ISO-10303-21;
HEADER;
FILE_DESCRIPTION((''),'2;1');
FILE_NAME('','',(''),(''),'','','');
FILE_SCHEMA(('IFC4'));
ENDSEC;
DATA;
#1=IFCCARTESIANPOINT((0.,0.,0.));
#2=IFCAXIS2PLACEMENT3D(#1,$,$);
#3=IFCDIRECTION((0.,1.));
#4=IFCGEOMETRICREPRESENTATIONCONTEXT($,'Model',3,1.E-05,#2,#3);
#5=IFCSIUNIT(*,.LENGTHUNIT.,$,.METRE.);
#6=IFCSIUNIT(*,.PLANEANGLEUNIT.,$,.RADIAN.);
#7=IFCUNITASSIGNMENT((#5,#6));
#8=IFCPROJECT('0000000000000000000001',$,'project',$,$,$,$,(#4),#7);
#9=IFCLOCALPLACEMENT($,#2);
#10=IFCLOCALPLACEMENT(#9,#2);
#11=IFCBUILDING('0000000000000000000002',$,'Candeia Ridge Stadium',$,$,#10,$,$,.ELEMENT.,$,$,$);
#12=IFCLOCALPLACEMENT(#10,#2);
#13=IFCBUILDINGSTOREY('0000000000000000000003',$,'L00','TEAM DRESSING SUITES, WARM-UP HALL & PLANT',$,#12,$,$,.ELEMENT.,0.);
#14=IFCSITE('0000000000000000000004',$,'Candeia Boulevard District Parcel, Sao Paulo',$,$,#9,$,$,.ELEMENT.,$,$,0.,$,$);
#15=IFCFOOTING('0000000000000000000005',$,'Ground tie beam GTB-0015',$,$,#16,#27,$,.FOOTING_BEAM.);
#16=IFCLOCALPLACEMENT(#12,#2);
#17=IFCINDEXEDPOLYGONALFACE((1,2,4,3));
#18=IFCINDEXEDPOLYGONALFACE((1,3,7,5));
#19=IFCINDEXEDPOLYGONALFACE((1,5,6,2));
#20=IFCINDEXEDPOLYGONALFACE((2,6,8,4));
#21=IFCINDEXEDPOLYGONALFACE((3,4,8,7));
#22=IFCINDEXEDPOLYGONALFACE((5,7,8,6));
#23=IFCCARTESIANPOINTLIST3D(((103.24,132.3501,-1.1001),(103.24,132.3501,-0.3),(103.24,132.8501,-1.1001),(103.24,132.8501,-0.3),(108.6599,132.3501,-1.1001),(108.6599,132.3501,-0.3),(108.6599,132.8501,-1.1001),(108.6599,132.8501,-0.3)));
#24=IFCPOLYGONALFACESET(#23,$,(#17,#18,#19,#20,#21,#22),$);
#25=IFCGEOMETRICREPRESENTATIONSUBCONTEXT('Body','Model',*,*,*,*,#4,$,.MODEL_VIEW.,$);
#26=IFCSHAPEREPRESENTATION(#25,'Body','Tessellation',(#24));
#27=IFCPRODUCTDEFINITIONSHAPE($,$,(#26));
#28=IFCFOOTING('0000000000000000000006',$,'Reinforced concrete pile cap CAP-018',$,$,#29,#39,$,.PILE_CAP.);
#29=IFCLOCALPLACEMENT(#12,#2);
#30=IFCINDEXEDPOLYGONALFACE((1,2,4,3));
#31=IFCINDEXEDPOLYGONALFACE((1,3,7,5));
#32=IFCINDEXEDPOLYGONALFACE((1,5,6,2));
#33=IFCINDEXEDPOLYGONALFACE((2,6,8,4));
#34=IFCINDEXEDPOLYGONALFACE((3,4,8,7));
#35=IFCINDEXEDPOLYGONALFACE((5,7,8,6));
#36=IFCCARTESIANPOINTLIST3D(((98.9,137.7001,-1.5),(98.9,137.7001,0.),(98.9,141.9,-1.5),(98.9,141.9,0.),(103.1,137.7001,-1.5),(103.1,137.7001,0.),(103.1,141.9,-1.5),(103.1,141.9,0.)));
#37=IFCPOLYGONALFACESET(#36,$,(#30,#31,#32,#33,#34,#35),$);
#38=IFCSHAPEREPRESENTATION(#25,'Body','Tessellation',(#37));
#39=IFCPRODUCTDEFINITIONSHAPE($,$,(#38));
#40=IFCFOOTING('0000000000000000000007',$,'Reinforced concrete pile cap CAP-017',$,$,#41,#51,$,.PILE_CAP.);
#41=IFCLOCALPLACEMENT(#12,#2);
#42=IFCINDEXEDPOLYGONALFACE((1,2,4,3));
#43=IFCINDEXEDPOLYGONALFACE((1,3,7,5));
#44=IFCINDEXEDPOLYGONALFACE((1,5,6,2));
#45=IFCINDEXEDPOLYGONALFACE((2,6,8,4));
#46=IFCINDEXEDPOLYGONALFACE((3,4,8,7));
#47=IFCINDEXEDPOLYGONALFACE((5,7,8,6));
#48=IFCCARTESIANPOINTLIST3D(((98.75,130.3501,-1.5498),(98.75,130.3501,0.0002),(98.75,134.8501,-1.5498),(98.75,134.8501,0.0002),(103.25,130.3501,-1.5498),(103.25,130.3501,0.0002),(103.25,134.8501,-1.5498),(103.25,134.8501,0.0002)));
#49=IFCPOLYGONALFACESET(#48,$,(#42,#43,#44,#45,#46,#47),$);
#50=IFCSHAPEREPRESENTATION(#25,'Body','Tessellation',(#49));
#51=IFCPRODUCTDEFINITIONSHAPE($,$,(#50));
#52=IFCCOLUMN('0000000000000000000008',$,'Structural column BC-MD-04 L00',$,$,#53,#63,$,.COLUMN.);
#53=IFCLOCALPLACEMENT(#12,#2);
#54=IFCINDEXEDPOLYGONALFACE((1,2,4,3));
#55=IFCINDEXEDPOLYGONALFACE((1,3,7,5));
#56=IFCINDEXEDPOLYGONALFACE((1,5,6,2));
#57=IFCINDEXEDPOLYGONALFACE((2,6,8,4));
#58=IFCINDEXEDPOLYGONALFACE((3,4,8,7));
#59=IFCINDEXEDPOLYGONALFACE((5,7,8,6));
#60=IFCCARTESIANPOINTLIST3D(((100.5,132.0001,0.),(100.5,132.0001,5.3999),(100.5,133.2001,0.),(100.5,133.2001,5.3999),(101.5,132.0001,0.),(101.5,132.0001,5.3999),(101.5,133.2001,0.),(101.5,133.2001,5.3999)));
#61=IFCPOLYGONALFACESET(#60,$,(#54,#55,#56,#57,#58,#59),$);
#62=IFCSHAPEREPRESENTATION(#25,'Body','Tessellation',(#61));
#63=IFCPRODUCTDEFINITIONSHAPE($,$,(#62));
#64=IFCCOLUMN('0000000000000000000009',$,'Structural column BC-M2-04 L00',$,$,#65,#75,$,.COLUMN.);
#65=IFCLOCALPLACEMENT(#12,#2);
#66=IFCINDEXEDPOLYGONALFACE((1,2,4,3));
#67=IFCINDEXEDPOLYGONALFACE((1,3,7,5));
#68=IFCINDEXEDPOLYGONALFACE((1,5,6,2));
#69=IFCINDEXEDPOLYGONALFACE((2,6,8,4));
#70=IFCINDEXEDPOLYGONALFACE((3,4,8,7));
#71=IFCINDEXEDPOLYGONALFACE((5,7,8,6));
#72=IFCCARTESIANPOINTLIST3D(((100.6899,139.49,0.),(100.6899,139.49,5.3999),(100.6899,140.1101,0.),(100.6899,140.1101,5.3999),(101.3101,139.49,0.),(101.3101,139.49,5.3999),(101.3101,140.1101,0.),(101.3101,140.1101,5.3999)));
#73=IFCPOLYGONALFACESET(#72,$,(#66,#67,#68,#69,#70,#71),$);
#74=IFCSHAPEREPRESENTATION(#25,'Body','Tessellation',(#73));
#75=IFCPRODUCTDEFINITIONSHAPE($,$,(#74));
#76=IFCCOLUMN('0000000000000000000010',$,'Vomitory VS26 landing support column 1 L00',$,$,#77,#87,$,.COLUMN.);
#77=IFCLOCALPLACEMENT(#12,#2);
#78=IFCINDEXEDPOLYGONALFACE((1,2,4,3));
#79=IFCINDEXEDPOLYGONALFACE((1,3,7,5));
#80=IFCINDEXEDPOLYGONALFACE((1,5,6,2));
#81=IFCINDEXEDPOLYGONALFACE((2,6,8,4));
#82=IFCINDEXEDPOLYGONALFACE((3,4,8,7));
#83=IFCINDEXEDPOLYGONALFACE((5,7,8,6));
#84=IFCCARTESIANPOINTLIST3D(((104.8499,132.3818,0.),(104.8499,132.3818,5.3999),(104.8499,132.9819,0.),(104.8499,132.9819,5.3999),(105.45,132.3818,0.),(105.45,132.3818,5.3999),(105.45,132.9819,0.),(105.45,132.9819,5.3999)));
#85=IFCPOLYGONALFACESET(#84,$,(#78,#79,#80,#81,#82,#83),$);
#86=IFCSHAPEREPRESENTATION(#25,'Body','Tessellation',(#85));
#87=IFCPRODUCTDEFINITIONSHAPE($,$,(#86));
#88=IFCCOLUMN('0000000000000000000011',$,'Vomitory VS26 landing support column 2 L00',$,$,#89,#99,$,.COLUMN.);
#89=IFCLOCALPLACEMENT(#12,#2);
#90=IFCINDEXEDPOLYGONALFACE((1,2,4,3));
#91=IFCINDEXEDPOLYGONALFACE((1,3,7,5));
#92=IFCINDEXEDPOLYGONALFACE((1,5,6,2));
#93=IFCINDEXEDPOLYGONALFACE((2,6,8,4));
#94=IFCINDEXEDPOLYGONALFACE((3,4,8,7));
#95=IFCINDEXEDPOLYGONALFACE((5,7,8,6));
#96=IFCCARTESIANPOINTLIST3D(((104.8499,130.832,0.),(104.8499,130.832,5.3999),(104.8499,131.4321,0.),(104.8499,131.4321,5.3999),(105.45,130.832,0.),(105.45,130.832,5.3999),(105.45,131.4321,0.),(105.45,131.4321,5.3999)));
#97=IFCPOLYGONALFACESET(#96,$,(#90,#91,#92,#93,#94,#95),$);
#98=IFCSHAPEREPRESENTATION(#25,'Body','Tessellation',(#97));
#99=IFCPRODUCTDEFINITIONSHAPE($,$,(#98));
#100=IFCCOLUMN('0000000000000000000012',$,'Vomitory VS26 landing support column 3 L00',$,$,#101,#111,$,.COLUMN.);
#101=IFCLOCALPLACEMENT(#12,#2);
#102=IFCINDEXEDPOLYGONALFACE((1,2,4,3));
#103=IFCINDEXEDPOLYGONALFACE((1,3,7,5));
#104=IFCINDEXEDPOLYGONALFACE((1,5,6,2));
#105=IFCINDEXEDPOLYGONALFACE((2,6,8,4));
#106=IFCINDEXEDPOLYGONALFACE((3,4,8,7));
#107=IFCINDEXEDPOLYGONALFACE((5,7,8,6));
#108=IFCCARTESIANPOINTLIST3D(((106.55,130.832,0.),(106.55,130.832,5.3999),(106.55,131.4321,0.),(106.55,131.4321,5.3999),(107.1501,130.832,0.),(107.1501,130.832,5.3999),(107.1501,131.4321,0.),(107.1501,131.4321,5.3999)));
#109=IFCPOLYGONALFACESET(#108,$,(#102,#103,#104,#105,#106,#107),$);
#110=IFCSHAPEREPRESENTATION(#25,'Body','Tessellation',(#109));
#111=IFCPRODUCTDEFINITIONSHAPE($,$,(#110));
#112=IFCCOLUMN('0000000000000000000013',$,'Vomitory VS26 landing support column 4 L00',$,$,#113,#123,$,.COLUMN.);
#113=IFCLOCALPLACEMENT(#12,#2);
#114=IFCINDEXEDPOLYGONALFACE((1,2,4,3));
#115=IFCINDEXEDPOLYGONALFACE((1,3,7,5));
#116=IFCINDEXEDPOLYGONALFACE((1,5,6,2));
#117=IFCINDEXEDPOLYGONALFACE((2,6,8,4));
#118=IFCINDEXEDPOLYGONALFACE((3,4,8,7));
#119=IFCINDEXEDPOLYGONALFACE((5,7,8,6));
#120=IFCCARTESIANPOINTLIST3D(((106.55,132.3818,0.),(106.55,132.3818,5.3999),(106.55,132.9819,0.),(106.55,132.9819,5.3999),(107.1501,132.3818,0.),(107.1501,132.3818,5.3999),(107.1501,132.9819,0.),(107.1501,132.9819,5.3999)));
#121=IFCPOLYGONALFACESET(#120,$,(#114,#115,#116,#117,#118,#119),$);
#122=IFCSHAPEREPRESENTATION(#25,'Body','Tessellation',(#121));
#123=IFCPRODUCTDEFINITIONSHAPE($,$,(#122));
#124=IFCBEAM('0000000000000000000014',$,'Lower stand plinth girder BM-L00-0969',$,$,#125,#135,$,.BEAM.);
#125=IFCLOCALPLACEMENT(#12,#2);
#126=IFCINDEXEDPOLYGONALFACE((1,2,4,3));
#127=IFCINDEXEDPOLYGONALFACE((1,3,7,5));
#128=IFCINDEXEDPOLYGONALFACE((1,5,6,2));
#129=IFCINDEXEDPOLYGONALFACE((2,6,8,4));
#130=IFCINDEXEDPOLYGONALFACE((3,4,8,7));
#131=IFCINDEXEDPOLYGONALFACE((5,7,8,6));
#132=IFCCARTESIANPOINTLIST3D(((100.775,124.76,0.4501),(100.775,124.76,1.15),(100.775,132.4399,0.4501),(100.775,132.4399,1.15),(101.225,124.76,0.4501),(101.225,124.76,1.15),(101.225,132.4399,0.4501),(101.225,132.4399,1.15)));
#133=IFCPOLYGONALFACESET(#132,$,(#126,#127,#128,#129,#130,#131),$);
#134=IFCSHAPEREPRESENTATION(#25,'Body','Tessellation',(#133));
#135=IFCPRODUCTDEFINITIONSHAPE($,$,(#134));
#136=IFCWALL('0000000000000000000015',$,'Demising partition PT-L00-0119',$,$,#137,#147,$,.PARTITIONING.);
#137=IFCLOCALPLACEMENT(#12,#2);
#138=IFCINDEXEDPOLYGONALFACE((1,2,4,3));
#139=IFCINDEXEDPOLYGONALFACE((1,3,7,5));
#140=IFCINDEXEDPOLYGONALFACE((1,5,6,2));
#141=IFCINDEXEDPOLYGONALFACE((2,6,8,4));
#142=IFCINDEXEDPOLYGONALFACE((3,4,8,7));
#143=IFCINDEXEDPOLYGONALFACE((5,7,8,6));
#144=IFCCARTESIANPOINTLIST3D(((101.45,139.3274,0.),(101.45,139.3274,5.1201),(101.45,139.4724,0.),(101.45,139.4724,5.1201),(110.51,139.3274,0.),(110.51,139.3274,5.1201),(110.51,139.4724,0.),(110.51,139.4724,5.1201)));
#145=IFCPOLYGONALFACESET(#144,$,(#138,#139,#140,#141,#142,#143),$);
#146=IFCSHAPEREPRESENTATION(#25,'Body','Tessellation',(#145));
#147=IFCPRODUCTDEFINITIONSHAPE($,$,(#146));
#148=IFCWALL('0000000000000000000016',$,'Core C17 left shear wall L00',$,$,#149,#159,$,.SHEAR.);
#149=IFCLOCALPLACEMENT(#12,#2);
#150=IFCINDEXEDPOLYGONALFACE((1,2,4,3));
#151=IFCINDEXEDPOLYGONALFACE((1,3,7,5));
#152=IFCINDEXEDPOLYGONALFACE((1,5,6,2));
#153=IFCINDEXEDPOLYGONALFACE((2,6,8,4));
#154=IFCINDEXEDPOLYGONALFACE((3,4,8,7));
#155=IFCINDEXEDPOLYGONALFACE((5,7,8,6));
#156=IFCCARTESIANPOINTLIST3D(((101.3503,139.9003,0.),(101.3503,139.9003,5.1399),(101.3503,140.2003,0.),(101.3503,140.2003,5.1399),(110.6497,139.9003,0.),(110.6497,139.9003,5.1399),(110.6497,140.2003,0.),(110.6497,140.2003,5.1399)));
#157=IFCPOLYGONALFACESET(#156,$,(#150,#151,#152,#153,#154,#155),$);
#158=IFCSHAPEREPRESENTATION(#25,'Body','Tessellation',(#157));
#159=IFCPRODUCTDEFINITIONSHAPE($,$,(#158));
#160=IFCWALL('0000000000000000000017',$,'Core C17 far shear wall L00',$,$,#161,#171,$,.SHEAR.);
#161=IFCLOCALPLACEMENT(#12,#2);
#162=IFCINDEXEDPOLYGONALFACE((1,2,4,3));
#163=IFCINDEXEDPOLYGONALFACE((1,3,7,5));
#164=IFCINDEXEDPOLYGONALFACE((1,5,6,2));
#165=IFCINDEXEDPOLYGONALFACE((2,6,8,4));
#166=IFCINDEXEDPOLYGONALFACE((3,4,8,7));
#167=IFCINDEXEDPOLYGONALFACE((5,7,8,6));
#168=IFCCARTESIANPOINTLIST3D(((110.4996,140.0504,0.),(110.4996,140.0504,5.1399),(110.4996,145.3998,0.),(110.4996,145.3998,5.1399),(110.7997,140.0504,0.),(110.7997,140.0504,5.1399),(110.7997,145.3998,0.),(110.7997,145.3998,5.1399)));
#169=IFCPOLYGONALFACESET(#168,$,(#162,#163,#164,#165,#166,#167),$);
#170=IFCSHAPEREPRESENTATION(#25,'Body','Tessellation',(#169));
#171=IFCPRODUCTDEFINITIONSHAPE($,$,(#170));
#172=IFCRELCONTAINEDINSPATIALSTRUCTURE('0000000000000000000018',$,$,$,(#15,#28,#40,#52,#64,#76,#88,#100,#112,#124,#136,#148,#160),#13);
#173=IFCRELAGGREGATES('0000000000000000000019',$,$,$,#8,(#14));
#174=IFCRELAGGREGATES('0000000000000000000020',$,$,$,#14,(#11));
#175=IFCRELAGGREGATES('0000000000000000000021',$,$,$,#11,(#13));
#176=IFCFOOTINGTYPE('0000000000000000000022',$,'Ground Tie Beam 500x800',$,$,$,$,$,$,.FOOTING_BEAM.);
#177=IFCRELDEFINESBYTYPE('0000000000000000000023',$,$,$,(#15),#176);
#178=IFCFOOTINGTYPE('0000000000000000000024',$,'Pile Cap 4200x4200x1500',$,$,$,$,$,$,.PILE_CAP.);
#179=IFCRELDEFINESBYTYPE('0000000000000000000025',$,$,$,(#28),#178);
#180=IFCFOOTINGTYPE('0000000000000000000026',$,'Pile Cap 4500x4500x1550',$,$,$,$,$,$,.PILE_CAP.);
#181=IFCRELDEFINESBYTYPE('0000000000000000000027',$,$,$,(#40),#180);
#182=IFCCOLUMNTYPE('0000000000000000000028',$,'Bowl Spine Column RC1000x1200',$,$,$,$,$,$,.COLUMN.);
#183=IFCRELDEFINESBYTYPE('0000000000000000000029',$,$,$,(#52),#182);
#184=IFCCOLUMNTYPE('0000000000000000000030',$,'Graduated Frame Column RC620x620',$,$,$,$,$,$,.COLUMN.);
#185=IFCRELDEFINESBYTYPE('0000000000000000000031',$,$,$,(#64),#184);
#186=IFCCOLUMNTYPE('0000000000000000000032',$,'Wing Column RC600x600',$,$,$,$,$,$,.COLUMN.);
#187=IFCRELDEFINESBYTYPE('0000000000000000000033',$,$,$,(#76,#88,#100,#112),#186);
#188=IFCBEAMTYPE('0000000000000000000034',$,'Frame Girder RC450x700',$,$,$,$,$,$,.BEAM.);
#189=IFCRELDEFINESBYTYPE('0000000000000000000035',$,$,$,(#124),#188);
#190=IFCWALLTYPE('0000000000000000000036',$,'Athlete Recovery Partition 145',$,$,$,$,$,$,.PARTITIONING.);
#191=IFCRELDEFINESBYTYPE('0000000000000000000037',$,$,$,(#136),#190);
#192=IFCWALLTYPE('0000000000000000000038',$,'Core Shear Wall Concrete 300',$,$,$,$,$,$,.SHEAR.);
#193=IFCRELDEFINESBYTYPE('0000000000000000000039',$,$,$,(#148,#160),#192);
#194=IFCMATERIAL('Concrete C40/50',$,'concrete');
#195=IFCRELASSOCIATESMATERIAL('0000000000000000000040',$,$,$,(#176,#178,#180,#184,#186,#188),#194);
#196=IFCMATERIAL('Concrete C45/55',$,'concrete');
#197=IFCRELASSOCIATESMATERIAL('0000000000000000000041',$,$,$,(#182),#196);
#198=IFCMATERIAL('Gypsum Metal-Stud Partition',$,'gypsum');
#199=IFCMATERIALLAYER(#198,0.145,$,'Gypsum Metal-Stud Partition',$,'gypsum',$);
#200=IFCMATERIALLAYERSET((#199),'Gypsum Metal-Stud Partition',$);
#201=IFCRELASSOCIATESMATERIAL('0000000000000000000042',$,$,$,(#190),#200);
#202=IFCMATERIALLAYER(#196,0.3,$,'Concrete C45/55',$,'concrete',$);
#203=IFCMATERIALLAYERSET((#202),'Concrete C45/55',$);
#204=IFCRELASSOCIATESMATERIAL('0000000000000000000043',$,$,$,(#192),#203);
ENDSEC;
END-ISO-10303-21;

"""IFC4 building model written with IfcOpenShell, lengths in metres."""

from ifc_helpers import new_model, si_unit, direction, frame, frame_2d, origin, origin_2d, place, context, subcontext, project, spatial, rectangle, extrude, material, layer, layer_set, material_profile, profile_set, type_object, element, save


model = new_model("IFC4")

# Units and contexts
model_context = context("Model", 3, precision=1e-05, world=origin(), true_north=direction((0.0, 1.0)))
body_context = subcontext(model_context, "Body", "Model", "MODEL_VIEW")
ifc_project = project(units=[si_unit("LENGTHUNIT", "METRE"), si_unit("PLANEANGLEUNIT", "RADIAN")], contexts=[model_context])

# Site, building, storey
site_placement = place(None, origin())
site = spatial("IfcSite", under=ifc_project, at=site_placement, Name="Candeia Boulevard District Parcel, Sao Paulo", CompositionType="ELEMENT", RefElevation=0.0)
building_placement = place(site_placement, origin())
building = spatial("IfcBuilding", under=site, at=building_placement, Name="Candeia Ridge Stadium", CompositionType="ELEMENT")
storey_placement = place(building_placement, origin())
storey = spatial("IfcBuildingStorey", under=building, at=storey_placement, Name="L00", Description="TEAM DRESSING SUITES, WARM-UP HALL & PLANT", CompositionType="ELEMENT", Elevation=0.0)

# Shared definitions
ifc_material_1 = material(Name="Concrete C40/50", Category="concrete")

# Footings
footing_type_1 = type_object("IfcFootingType", Name="Ground Tie Beam 500x800", PredefinedType="FOOTING_BEAM", material=ifc_material_1)
footing_1_placement = place(storey_placement, frame((105.95, 132.6001, -1.1001), z_axis=(0.0, 0.0, 1.0), x_axis=(-1.0, 0.0, 0.0)))
element("IfcFooting", 1, at=footing_1_placement, inside=storey, type_object=footing_type_1, Name="Ground tie beam GTB-0015", PredefinedType="FOOTING_BEAM", context=body_context, shape_type="SweptSolid", body=[
    extrude(rectangle(XDim=5.4199, YDim=0.5, at=origin_2d()), origin(), (0.0, 0.0, 1.0), 0.8),
])
footing_type_2 = type_object("IfcFootingType", Name="Pile Cap 4200x4200x1500", PredefinedType="PILE_CAP", material=ifc_material_1)
footing_2_placement = place(storey_placement, frame((101.0, 139.8, -1.5), z_axis=(0.0, 0.0, 1.0), x_axis=(1.0, 0.0, 0.0)))
element("IfcFooting", 2, at=footing_2_placement, inside=storey, type_object=footing_type_2, Name="Reinforced concrete pile cap CAP-018", PredefinedType="PILE_CAP", context=body_context, shape_type="SweptSolid", body=[
    extrude(rectangle(XDim=4.2, YDim=4.2, at=origin_2d()), origin(), (0.0, 0.0, 1.0), 1.5),
])
footing_type_3 = type_object("IfcFootingType", Name="Pile Cap 4500x4500x1550", PredefinedType="PILE_CAP", material=ifc_material_1)
footing_3_placement = place(storey_placement, frame((101.0, 132.6001, -1.5498), z_axis=(0.0, 0.0, 1.0), x_axis=(1.0, 0.0, 0.0)))
element("IfcFooting", 3, at=footing_3_placement, inside=storey, type_object=footing_type_3, Name="Reinforced concrete pile cap CAP-017", PredefinedType="PILE_CAP", context=body_context, shape_type="SweptSolid", body=[
    extrude(rectangle(XDim=4.5, YDim=4.5, at=origin_2d()), origin(), (0.0, 0.0, 1.0), 1.55),
])

# Columns
ifc_material_2 = material(Name="Concrete C45/55", Category="concrete")
ifc_material_profile_1 = material_profile(ifc_material_2, rectangle(XDim=1.0, YDim=1.2, at=origin_2d()), Name="RC1000x1200", Category="concrete")
ifc_profile_set_1 = profile_set([ifc_material_profile_1], Name="Concrete C45/55")
column_type_1 = type_object("IfcColumnType", Name="Bowl Spine Column RC1000x1200", PredefinedType="COLUMN", material=ifc_profile_set_1)
column_1_placement = place(storey_placement, frame((101.0, 132.6001, 0.0), z_axis=(0.0, 0.0, 1.0), x_axis=(1.0, 0.0, 0.0)))
element("IfcColumn", 4, at=column_1_placement, inside=storey, type_object=column_type_1, Name="Structural column BC-MD-04 L00", PredefinedType="COLUMN", context=body_context, shape_type="SweptSolid", body=[
    extrude(rectangle(XDim=1.0, YDim=1.2, at=origin_2d()), origin(), (0.0, 0.0, 1.0), 5.3999),
])
ifc_material_profile_2 = material_profile(ifc_material_1, rectangle(XDim=0.6201, YDim=0.6201, at=origin_2d()), Name="RC620x620", Category="concrete")
ifc_profile_set_2 = profile_set([ifc_material_profile_2], Name="Concrete C40/50")
column_type_2 = type_object("IfcColumnType", Name="Graduated Frame Column RC620x620", PredefinedType="COLUMN", material=ifc_profile_set_2)
column_2_placement = place(storey_placement, frame((101.0, 139.8, 0.0), z_axis=(0.0, 0.0, 1.0), x_axis=(1.0, 0.0, 0.0)))
element("IfcColumn", 5, at=column_2_placement, inside=storey, type_object=column_type_2, Name="Structural column BC-M2-04 L00", PredefinedType="COLUMN", context=body_context, shape_type="SweptSolid", body=[
    extrude(rectangle(XDim=0.6201, YDim=0.6201, at=origin_2d()), origin(), (0.0, 0.0, 1.0), 5.3999),
])
ifc_material_profile_3 = material_profile(ifc_material_1, rectangle(XDim=0.6001, YDim=0.6001, at=origin_2d()), Name="RC600x600", Category="concrete")
ifc_profile_set_3 = profile_set([ifc_material_profile_3], Name="Concrete C40/50")
column_type_3 = type_object("IfcColumnType", Name="Wing Column RC600x600", PredefinedType="COLUMN", material=ifc_profile_set_3)
for number, where, z_axis, x_axis, name in (
    (6, (105.1499, 132.6819, 0.0), (0.0, 0.0, 1.0), (1.0, 0.0, 0.0), "Vomitory VS26 landing support column 1 L00"),
    (7, (105.1499, 131.1321, 0.0), (0.0, 0.0, 1.0), (1.0, 0.0, 0.0), "Vomitory VS26 landing support column 2 L00"),
    (8, (106.8501, 131.1321, 0.0), (0.0, 0.0, 1.0), (1.0, 0.0, 0.0), "Vomitory VS26 landing support column 3 L00"),
    (9, (106.8501, 132.6819, 0.0), (0.0, 0.0, 1.0), (1.0, 0.0, 0.0), "Vomitory VS26 landing support column 4 L00"),
):
    element("IfcColumn", number, at=place(storey_placement, frame(where, z_axis=z_axis, x_axis=x_axis)), inside=storey, type_object=column_type_3, Name=name, PredefinedType="COLUMN", context=body_context, shape_type="SweptSolid", body=[
        extrude(rectangle(XDim=0.6001, YDim=0.6001, at=origin_2d()), origin(), (0.0, 0.0, 1.0), 5.3999),
    ])

# Beam
ifc_material_profile_4 = material_profile(ifc_material_1, rectangle(XDim=0.45, YDim=0.7, at=origin_2d()), Name="RC450x700", Category="concrete")
ifc_profile_set_4 = profile_set([ifc_material_profile_4], Name="Concrete C40/50")
beam_type = type_object("IfcBeamType", Name="Frame Girder RC450x700", PredefinedType="BEAM", material=ifc_profile_set_4)
beam_placement = place(storey_placement, frame((101.0, 124.76, 0.8), z_axis=(0.0, 1.0, 0.0), x_axis=(-1.0, 0.0, 0.0)))
element("IfcBeam", 10, at=beam_placement, inside=storey, type_object=beam_type, Name="Lower stand plinth girder BM-L00-0969", PredefinedType="BEAM", context=body_context, shape_type="SweptSolid", body=[
    extrude(rectangle(XDim=0.45, YDim=0.7, at=origin_2d()), origin(), (0.0, 0.0, 1.0), 7.6799),
])

# Walls
ifc_material_3 = material(Name="Gypsum Metal-Stud Partition", Category="gypsum")
ifc_layer_1 = layer(ifc_material_3, 0.145, Name="Gypsum Metal-Stud Partition", Category="gypsum")
ifc_layer_set_1 = layer_set([ifc_layer_1], Name="Gypsum Metal-Stud Partition")
wall_type_1 = type_object("IfcWallType", Name="Athlete Recovery Partition 145", PredefinedType="PARTITIONING", material=ifc_layer_set_1)
wall_1_placement = place(storey_placement, frame((101.45, 139.3999, 0.0), z_axis=(0.0, 0.0, 1.0), x_axis=(1.0, 0.0, 0.0)))
element("IfcWall", 11, at=wall_1_placement, inside=storey, type_object=wall_type_1, Name="Demising partition PT-L00-0119", PredefinedType="PARTITIONING", context=body_context, shape_type="SweptSolid", body=[
    extrude(rectangle(XDim=9.0601, YDim=0.145, at=frame_2d((4.53, 0.0))), origin(), (0.0, 0.0, 1.0), 5.1201),
])
ifc_layer_2 = layer(ifc_material_2, 0.3, Name="Concrete C45/55", Category="concrete")
ifc_layer_set_2 = layer_set([ifc_layer_2], Name="Concrete C45/55")
wall_type_2 = type_object("IfcWallType", Name="Core Shear Wall Concrete 300", PredefinedType="SHEAR", material=ifc_layer_set_2)
wall_2_placement = place(storey_placement, frame((101.3503, 140.0503, 0.0), z_axis=(0.0, 0.0, 1.0), x_axis=(1.0, 0.0, 0.0)))
element("IfcWall", 12, at=wall_2_placement, inside=storey, type_object=wall_type_2, Name="Core C17 left shear wall L00", PredefinedType="SHEAR", context=body_context, shape_type="SweptSolid", body=[
    extrude(rectangle(XDim=9.2993, YDim=0.3, at=frame_2d((4.6497, 0.0))), origin(), (0.0, 0.0, 1.0), 5.1399),
])
wall_3_placement = place(storey_placement, frame((110.6497, 140.0503, 0.0), z_axis=(0.0, 0.0, 1.0), x_axis=(0.0, 1.0, 0.0)))
element("IfcWall", 13, at=wall_3_placement, inside=storey, type_object=wall_type_2, Name="Core C17 far shear wall L00", PredefinedType="SHEAR", context=body_context, shape_type="SweptSolid", body=[
    extrude(rectangle(XDim=5.3494, YDim=0.3, at=frame_2d((2.6748, 0.0))), origin(), (0.0, 0.0, 1.0), 5.1399),
])

save(model, "model.ifc")
